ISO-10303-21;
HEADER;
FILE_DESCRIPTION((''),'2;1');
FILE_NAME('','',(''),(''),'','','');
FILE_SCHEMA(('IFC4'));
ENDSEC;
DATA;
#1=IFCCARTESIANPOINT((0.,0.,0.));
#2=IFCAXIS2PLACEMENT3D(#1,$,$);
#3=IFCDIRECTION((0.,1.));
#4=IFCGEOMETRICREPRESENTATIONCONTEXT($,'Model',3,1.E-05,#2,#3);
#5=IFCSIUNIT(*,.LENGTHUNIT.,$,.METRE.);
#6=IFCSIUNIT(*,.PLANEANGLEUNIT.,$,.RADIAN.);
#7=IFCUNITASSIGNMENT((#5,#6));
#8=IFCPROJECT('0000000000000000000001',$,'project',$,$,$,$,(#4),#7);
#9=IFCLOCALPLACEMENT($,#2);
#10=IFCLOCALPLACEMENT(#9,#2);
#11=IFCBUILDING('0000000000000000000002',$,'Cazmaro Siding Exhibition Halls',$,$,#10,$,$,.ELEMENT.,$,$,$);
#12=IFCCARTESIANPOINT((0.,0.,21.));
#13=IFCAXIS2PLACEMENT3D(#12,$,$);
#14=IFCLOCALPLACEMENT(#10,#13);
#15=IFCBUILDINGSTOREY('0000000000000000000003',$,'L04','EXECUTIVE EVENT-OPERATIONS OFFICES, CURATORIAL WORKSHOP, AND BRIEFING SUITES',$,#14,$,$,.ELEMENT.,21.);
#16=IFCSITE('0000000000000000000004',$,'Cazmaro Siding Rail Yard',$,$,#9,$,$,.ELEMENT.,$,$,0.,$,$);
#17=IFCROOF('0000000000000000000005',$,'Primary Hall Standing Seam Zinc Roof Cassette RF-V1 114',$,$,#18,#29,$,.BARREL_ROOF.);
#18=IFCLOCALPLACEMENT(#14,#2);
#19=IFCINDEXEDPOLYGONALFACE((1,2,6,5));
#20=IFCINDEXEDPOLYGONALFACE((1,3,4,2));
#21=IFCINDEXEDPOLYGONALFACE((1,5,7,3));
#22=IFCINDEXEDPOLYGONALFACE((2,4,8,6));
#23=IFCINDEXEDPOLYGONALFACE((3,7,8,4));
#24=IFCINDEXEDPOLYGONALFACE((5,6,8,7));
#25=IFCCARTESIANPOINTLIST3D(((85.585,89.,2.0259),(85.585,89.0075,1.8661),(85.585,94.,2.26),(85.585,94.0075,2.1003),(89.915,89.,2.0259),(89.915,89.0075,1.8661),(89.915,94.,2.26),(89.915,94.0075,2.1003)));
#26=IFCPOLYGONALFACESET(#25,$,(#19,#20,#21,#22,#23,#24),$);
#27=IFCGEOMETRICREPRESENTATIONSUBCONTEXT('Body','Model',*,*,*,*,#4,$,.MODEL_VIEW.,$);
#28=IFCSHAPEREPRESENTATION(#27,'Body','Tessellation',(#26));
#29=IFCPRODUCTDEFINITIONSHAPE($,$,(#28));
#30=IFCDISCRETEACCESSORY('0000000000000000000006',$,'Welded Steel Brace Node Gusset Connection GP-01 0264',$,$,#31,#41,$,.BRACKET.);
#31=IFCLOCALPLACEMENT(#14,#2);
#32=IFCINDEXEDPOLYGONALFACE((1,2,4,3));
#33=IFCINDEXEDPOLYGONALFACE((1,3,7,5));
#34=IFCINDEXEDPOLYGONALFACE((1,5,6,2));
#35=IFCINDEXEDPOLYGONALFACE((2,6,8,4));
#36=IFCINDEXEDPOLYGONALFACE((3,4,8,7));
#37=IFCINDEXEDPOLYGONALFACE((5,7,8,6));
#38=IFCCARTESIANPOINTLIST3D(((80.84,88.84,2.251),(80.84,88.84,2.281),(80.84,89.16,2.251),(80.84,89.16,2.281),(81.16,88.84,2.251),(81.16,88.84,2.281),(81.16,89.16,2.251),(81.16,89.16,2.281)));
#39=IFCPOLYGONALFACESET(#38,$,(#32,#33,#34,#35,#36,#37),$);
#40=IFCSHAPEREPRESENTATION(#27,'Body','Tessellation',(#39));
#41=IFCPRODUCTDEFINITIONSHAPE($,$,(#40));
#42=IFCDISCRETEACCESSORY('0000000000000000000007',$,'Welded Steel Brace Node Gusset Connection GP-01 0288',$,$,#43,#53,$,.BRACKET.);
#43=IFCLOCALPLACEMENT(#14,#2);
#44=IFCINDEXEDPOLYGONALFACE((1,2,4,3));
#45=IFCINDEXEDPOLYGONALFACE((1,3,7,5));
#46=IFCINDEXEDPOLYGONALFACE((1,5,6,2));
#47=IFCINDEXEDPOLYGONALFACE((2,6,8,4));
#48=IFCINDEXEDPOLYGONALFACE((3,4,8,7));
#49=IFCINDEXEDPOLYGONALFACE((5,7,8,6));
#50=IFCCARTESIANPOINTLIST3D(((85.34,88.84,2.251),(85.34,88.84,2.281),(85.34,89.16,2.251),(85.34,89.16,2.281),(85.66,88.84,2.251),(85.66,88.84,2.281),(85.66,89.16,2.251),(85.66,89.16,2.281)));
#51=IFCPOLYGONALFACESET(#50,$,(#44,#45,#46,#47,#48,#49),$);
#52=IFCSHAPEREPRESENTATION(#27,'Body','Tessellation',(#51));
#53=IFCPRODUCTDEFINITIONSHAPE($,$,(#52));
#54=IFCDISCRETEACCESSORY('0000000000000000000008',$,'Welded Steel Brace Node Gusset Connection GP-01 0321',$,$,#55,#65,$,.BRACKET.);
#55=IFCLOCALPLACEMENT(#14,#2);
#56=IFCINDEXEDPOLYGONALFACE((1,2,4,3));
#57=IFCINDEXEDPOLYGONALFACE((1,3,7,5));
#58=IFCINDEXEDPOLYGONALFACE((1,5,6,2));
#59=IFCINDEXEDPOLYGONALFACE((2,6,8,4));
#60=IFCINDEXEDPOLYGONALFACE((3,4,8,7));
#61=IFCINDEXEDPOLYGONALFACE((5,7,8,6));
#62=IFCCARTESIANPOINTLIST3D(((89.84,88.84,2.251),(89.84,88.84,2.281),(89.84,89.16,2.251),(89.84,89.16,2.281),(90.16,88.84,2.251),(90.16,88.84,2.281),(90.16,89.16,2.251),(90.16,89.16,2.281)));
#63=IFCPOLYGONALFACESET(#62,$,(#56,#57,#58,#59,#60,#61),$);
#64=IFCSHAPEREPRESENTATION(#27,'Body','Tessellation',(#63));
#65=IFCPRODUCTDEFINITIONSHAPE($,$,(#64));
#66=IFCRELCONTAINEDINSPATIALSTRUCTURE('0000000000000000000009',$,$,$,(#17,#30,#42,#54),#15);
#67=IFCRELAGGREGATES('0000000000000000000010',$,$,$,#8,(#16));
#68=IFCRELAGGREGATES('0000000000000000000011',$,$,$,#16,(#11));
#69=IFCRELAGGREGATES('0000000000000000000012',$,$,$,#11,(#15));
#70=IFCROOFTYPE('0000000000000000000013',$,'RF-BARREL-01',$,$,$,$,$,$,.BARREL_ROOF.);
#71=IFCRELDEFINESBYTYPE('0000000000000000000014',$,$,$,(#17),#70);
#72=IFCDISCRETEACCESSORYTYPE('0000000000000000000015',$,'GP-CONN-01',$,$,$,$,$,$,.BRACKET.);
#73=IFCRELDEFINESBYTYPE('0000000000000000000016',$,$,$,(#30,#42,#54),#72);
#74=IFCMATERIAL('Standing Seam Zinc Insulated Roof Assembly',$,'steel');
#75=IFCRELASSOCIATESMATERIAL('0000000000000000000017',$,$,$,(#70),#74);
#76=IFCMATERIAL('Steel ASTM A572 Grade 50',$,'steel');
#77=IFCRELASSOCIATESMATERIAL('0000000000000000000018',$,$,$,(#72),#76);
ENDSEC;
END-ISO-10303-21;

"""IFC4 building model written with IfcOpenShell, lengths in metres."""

from ifc_helpers import new_model, si_unit, direction, frame, origin, origin_2d, place, context, subcontext, project, spatial, polyline, rectangle, outline, extrude, material, type_object, element, save


model = new_model("IFC4")

# Units and contexts
model_context = context("Model", 3, precision=1e-05, world=origin(), true_north=direction((0.0, 1.0)))
body_context = subcontext(model_context, "Body", "Model", "MODEL_VIEW")
ifc_project = project(units=[si_unit("LENGTHUNIT", "METRE"), si_unit("PLANEANGLEUNIT", "RADIAN")], contexts=[model_context])

# Site, building, storey
site_placement = place(None, origin())
site = spatial("IfcSite", under=ifc_project, at=site_placement, Name="Cazmaro Siding Rail Yard", CompositionType="ELEMENT", RefElevation=0.0)
building_placement = place(site_placement, origin())
building = spatial("IfcBuilding", under=site, at=building_placement, Name="Cazmaro Siding Exhibition Halls", CompositionType="ELEMENT")
storey_placement = place(building_placement, frame((0.0, 0.0, 21.0)))
storey = spatial("IfcBuildingStorey", under=building, at=storey_placement, Name="L04", Description="EXECUTIVE EVENT-OPERATIONS OFFICES, CURATORIAL WORKSHOP, AND BRIEFING SUITES", CompositionType="ELEMENT", Elevation=21.0)

# Roof
ifc_material_1 = material(Name="Standing Seam Zinc Insulated Roof Assembly", Category="steel")
roof_type = type_object("IfcRoofType", Name="RF-BARREL-01", PredefinedType="BARREL_ROOF", material=ifc_material_1)
roof_1_placement = place(storey_placement, frame((85.585, 89.0, 2.0259), z_axis=(0.0, -0.046775, 0.998905), x_axis=(1.0, 0.0, 0.0)))
element("IfcRoof", 1, at=roof_1_placement, inside=storey, type_object=roof_type, Name="Primary Hall Standing Seam Zinc Roof Cassette RF-V1 114", PredefinedType="BARREL_ROOF", context=body_context, shape_type="SweptSolid", body=[
    extrude(outline(polyline([(0.0, 0.0), (4.3301, 0.0), (4.3301, 5.0055), (0.0, 5.0055), (0.0, 0.0)])), origin(), (0.0, 0.0, -1.0), 0.1599),
])

# Discrete accessories
ifc_material_2 = material(Name="Steel ASTM A572 Grade 50", Category="steel")
discrete_accessory_type = type_object("IfcDiscreteAccessoryType", Name="GP-CONN-01", PredefinedType="BRACKET", material=ifc_material_2)
for number, where, z_axis, x_axis, name in (
    (2, (81.0, 89.0, 2.251), (0.0, 0.0, 1.0), (1.0, 0.0, 0.0), "Welded Steel Brace Node Gusset Connection GP-01 0264"),
    (3, (85.5, 89.0, 2.251), (0.0, 0.0, 1.0), (1.0, 0.0, 0.0), "Welded Steel Brace Node Gusset Connection GP-01 0288"),
    (4, (90.0, 89.0, 2.251), (0.0, 0.0, 1.0), (1.0, 0.0, 0.0), "Welded Steel Brace Node Gusset Connection GP-01 0321"),
):
    element("IfcDiscreteAccessory", number, at=place(storey_placement, frame(where, z_axis=z_axis, x_axis=x_axis)), inside=storey, type_object=discrete_accessory_type, Name=name, PredefinedType="BRACKET", context=body_context, shape_type="SweptSolid", body=[
        extrude(rectangle(XDim=0.3201, YDim=0.3201, at=origin_2d()), origin(), (0.0, 0.0, 1.0), 0.03),
    ])

save(model, "model.ifc")
